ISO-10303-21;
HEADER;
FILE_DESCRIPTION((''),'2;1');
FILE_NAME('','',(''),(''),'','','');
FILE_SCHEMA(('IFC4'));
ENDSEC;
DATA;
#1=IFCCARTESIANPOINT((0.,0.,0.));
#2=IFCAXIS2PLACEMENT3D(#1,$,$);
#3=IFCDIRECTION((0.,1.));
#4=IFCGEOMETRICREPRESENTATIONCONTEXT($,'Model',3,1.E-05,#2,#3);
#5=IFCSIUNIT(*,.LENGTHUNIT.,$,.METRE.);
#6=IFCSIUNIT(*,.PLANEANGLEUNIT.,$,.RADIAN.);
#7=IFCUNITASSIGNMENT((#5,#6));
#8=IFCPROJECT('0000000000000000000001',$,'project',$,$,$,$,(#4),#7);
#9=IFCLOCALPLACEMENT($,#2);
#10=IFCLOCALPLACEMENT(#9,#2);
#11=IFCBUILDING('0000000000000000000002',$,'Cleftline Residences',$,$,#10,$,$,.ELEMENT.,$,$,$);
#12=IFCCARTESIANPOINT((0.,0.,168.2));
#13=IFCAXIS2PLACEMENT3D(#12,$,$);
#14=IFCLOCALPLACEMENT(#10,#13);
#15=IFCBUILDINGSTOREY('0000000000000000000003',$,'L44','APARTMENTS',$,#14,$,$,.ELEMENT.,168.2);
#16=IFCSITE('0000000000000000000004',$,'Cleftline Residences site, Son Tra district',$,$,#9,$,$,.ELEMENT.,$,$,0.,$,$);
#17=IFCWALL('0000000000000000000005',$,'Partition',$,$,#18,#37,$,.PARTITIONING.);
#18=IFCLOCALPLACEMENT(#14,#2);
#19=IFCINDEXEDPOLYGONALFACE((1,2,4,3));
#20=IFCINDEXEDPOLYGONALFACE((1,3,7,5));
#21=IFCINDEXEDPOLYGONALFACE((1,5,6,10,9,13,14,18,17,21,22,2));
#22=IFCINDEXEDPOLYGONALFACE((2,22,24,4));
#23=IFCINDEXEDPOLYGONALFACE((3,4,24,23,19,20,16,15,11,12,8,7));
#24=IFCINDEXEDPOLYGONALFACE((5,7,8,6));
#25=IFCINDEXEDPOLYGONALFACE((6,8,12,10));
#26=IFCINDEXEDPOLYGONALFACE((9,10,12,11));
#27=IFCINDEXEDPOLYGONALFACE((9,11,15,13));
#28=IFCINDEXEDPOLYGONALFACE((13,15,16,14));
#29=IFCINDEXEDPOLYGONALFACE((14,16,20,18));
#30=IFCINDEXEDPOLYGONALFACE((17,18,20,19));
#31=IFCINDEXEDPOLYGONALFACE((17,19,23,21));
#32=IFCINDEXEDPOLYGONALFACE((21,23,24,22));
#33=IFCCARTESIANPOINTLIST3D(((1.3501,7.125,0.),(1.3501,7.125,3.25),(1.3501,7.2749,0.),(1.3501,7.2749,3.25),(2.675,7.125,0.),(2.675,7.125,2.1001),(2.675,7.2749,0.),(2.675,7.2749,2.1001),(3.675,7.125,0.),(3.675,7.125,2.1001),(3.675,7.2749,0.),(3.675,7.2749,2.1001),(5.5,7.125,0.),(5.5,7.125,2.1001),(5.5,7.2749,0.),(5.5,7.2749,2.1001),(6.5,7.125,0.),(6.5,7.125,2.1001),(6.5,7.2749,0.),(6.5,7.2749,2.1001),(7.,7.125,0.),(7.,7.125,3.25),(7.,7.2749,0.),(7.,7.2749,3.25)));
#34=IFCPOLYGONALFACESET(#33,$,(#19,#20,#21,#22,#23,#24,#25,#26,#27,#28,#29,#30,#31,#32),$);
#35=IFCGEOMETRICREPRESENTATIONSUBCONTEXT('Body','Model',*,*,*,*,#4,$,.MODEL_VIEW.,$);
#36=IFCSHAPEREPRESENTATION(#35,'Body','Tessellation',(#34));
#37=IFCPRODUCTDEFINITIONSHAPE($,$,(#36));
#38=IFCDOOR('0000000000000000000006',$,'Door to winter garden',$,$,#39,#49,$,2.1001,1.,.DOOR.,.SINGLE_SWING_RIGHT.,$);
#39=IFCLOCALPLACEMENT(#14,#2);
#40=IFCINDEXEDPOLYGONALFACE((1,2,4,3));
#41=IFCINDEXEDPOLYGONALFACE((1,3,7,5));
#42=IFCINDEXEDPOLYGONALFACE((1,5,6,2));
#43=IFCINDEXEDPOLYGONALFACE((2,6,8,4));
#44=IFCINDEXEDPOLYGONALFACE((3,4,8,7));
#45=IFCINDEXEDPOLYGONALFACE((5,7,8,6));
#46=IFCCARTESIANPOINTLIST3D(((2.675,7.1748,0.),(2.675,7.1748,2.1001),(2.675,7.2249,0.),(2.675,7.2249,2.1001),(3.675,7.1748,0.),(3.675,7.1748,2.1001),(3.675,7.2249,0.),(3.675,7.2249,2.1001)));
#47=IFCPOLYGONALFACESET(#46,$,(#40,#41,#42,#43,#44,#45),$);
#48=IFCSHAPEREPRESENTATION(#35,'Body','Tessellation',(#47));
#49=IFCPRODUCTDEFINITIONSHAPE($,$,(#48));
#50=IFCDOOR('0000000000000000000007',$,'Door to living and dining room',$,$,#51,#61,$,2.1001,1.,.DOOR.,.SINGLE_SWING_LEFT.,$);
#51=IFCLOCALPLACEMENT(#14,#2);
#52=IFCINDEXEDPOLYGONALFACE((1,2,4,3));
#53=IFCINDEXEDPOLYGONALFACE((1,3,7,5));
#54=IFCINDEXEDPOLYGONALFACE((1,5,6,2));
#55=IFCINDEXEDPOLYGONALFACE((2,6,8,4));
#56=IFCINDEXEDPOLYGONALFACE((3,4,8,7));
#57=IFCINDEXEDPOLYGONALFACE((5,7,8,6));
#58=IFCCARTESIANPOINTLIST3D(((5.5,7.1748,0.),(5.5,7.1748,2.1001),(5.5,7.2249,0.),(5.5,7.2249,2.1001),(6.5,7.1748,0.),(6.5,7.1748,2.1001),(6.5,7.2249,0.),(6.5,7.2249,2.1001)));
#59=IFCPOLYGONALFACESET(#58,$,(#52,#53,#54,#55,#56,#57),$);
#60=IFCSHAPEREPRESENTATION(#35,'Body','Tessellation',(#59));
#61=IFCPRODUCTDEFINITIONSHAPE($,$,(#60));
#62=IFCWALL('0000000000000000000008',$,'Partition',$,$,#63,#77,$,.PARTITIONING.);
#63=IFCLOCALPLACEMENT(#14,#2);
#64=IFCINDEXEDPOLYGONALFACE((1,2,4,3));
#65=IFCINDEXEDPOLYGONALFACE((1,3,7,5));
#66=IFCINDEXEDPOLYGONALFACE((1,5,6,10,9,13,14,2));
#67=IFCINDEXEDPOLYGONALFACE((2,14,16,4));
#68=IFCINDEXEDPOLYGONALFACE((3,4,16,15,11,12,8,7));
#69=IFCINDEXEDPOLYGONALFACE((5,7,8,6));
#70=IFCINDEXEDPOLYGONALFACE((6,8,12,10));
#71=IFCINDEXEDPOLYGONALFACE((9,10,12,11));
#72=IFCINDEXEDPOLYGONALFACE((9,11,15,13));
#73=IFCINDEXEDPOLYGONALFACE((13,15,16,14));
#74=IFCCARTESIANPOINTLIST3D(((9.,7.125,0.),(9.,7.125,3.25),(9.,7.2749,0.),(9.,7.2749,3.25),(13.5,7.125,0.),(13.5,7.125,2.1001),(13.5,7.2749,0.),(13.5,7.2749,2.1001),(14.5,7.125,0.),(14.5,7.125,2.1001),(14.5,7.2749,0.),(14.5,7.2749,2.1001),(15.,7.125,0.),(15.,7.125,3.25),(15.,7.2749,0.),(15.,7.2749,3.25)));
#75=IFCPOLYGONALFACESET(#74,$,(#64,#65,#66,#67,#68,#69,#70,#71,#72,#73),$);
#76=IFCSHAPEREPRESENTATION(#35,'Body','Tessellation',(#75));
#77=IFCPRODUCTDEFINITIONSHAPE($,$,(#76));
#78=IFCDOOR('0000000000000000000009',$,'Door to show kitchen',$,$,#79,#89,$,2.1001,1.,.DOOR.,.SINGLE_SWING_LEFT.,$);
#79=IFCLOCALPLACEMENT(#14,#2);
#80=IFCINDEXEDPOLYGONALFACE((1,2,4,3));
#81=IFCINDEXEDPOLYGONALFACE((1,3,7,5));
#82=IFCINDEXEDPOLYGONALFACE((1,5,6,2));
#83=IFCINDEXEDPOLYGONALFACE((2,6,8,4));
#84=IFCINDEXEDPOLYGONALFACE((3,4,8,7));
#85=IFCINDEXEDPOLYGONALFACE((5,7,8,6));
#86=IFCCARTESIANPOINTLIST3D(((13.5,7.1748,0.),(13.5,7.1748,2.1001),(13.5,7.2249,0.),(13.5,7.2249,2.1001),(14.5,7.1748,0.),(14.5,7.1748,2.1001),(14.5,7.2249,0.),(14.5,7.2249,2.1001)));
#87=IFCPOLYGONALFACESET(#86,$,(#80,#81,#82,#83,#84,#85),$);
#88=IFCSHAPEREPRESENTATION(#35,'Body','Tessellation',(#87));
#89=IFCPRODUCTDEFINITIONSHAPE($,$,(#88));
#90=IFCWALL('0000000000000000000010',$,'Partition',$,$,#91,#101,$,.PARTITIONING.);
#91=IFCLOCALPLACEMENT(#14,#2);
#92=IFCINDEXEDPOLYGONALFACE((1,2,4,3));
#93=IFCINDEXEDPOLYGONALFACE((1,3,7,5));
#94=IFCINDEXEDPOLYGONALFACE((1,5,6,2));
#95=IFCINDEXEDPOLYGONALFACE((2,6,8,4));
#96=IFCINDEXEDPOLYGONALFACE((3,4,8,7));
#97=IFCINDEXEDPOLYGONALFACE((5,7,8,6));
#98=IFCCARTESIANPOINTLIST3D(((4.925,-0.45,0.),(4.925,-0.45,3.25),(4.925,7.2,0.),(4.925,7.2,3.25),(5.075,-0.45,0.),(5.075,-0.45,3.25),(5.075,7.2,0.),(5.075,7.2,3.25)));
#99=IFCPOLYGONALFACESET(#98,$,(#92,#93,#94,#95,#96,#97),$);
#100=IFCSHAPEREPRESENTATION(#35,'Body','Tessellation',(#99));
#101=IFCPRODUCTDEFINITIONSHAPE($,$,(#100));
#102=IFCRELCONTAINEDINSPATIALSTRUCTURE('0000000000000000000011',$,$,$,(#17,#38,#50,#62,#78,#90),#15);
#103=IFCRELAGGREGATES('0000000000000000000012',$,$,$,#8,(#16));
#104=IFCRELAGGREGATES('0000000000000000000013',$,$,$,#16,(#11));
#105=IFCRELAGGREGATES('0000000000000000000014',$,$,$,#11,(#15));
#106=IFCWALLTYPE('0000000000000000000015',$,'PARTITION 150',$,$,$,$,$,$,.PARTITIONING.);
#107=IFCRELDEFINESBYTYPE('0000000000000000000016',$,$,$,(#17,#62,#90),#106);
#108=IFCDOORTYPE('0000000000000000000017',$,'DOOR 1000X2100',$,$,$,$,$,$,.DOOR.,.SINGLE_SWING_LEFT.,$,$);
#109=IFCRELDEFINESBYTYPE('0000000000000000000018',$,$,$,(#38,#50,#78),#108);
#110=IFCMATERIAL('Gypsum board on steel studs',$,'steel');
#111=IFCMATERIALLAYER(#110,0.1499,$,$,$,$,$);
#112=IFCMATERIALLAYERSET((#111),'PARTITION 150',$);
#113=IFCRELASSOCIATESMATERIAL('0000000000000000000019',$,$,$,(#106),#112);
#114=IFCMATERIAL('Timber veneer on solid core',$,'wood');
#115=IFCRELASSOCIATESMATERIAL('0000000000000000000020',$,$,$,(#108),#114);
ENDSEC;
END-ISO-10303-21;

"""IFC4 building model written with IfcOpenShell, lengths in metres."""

from ifc_helpers import new_model, si_unit, direction, frame, frame_2d, origin, place, context, subcontext, project, spatial, rectangle, extrude, material, layer, layer_set, type_object, element, fill, save


model = new_model("IFC4")

# Units and contexts
model_context = context("Model", 3, precision=1e-05, world=origin(), true_north=direction((0.0, 1.0)))
body_context = subcontext(model_context, "Body", "Model", "MODEL_VIEW")
ifc_project = project(units=[si_unit("LENGTHUNIT", "METRE"), si_unit("PLANEANGLEUNIT", "RADIAN")], contexts=[model_context])

# Site, building, storey
site_placement = place(None, origin())
site = spatial("IfcSite", under=ifc_project, at=site_placement, Name="Cleftline Residences site, Son Tra district", CompositionType="ELEMENT", RefElevation=0.0)
building_placement = place(site_placement, origin())
building = spatial("IfcBuilding", under=site, at=building_placement, Name="Cleftline Residences", CompositionType="ELEMENT")
storey_placement = place(building_placement, frame((0.0, 0.0, 168.2)))
storey = spatial("IfcBuildingStorey", under=building, at=storey_placement, Name="L44", Description="APARTMENTS", CompositionType="ELEMENT", Elevation=168.2)

# Wall, openings, doors
ifc_material_1 = material(Name="Gypsum board on steel studs", Category="steel")
ifc_layer_1 = layer(ifc_material_1, 0.1499)
ifc_layer_set_1 = layer_set([ifc_layer_1], Name="PARTITION 150")
wall_type_1 = type_object("IfcWallType", Name="PARTITION 150", PredefinedType="PARTITIONING", material=ifc_layer_set_1)
wall_1_placement = place(storey_placement, frame((1.3501, 7.2, 0.0), z_axis=(0.0, 0.0, 1.0), x_axis=(1.0, 0.0, 0.0)))
wall_1 = element("IfcWall", 1, at=wall_1_placement, inside=storey, type_object=wall_type_1, Name="Partition", PredefinedType="PARTITIONING", context=body_context, shape_type="SweptSolid", body=[
    extrude(rectangle(XDim=5.6499, YDim=0.1499, at=frame_2d((2.825, 0.0))), origin(), (0.0, 0.0, 1.0), 3.25),
])
opening_1_placement = place(wall_1_placement, frame((1.325, 0.0, 0.0)))
opening_1 = element("IfcOpeningElement", 2, at=opening_1_placement, cuts=wall_1, PredefinedType="OPENING", context=body_context, shape_type="SweptSolid", body=[
    extrude(rectangle(XDim=1.0, YDim=2.1001, at=frame_2d((0.5, 1.05))), frame((0.0, 0.085, 0.0), z_axis=(0.0, -1.0, 0.0), x_axis=(1.0, 0.0, 0.0)), (0.0, 0.0, 1.0), 0.1699),
])
opening_2_placement = place(wall_1_placement, frame((4.1499, 0.0, 0.0)))
opening_2 = element("IfcOpeningElement", 3, at=opening_2_placement, cuts=wall_1, PredefinedType="OPENING", context=body_context, shape_type="SweptSolid", body=[
    extrude(rectangle(XDim=1.0, YDim=2.1001, at=frame_2d((0.5, 1.05))), frame((0.0, 0.085, 0.0), z_axis=(0.0, -1.0, 0.0), x_axis=(1.0, 0.0, 0.0)), (0.0, 0.0, 1.0), 0.1699),
])
ifc_material_2 = material(Name="Timber veneer on solid core", Category="wood")
door_type = type_object("IfcDoorType", Name="DOOR 1000X2100", OperationType="SINGLE_SWING_LEFT", PredefinedType="DOOR", material=ifc_material_2)
door_1_placement = place(opening_1_placement, origin())
door_1 = element("IfcDoor", 4, at=door_1_placement, inside=storey, type_object=door_type, Name="Door to winter garden", OperationType="SINGLE_SWING_RIGHT", OverallHeight=2.1001, OverallWidth=1.0, PredefinedType="DOOR", context=body_context, shape_type="SweptSolid", body=[
    extrude(rectangle(XDim=1.0, YDim=2.1001, at=frame_2d((0.5, 1.05))), frame((0.0, 0.0249, 0.0), z_axis=(0.0, -1.0, 0.0), x_axis=(1.0, 0.0, 0.0)), (0.0, 0.0, 1.0), 0.05),
])
fill(opening_1, door_1)
door_2_placement = place(opening_2_placement, origin())
door_2 = element("IfcDoor", 5, at=door_2_placement, inside=storey, type_object=door_type, Name="Door to living and dining room", OperationType="SINGLE_SWING_LEFT", OverallHeight=2.1001, OverallWidth=1.0, PredefinedType="DOOR", context=body_context, shape_type="SweptSolid", body=[
    extrude(rectangle(XDim=1.0, YDim=2.1001, at=frame_2d((0.5, 1.05))), frame((0.0, 0.0249, 0.0), z_axis=(0.0, -1.0, 0.0), x_axis=(1.0, 0.0, 0.0)), (0.0, 0.0, 1.0), 0.05),
])
fill(opening_2, door_2)

# Wall, opening, door
wall_2_placement = place(storey_placement, frame((9.0, 7.2, 0.0), z_axis=(0.0, 0.0, 1.0), x_axis=(1.0, 0.0, 0.0)))
wall_2 = element("IfcWall", 6, at=wall_2_placement, inside=storey, type_object=wall_type_1, Name="Partition", PredefinedType="PARTITIONING", context=body_context, shape_type="SweptSolid", body=[
    extrude(rectangle(XDim=6.0, YDim=0.1499, at=frame_2d((3.0, 0.0))), origin(), (0.0, 0.0, 1.0), 3.25),
])
opening_3_placement = place(wall_2_placement, frame((4.5, 0.0, 0.0)))
opening_3 = element("IfcOpeningElement", 7, at=opening_3_placement, cuts=wall_2, PredefinedType="OPENING", context=body_context, shape_type="SweptSolid", body=[
    extrude(rectangle(XDim=1.0, YDim=2.1001, at=frame_2d((0.5, 1.05))), frame((0.0, 0.085, 0.0), z_axis=(0.0, -1.0, 0.0), x_axis=(1.0, 0.0, 0.0)), (0.0, 0.0, 1.0), 0.1699),
])
door_3_placement = place(opening_3_placement, origin())
door_3 = element("IfcDoor", 8, at=door_3_placement, inside=storey, type_object=door_type, Name="Door to show kitchen", OperationType="SINGLE_SWING_LEFT", OverallHeight=2.1001, OverallWidth=1.0, PredefinedType="DOOR", context=body_context, shape_type="SweptSolid", body=[
    extrude(rectangle(XDim=1.0, YDim=2.1001, at=frame_2d((0.5, 1.05))), frame((0.0, 0.0249, 0.0), z_axis=(0.0, -1.0, 0.0), x_axis=(1.0, 0.0, 0.0)), (0.0, 0.0, 1.0), 0.05),
])
fill(opening_3, door_3)

# Wall
wall_3_placement = place(storey_placement, frame((5.0, -0.45, 0.0), z_axis=(0.0, 0.0, 1.0), x_axis=(0.0, 1.0, 0.0)))
element("IfcWall", 9, at=wall_3_placement, inside=storey, type_object=wall_type_1, Name="Partition", PredefinedType="PARTITIONING", context=body_context, shape_type="SweptSolid", body=[
    extrude(rectangle(XDim=7.6499, YDim=0.1499, at=frame_2d((3.825, 0.0))), origin(), (0.0, 0.0, 1.0), 3.25),
])

save(model, "model.ifc")
